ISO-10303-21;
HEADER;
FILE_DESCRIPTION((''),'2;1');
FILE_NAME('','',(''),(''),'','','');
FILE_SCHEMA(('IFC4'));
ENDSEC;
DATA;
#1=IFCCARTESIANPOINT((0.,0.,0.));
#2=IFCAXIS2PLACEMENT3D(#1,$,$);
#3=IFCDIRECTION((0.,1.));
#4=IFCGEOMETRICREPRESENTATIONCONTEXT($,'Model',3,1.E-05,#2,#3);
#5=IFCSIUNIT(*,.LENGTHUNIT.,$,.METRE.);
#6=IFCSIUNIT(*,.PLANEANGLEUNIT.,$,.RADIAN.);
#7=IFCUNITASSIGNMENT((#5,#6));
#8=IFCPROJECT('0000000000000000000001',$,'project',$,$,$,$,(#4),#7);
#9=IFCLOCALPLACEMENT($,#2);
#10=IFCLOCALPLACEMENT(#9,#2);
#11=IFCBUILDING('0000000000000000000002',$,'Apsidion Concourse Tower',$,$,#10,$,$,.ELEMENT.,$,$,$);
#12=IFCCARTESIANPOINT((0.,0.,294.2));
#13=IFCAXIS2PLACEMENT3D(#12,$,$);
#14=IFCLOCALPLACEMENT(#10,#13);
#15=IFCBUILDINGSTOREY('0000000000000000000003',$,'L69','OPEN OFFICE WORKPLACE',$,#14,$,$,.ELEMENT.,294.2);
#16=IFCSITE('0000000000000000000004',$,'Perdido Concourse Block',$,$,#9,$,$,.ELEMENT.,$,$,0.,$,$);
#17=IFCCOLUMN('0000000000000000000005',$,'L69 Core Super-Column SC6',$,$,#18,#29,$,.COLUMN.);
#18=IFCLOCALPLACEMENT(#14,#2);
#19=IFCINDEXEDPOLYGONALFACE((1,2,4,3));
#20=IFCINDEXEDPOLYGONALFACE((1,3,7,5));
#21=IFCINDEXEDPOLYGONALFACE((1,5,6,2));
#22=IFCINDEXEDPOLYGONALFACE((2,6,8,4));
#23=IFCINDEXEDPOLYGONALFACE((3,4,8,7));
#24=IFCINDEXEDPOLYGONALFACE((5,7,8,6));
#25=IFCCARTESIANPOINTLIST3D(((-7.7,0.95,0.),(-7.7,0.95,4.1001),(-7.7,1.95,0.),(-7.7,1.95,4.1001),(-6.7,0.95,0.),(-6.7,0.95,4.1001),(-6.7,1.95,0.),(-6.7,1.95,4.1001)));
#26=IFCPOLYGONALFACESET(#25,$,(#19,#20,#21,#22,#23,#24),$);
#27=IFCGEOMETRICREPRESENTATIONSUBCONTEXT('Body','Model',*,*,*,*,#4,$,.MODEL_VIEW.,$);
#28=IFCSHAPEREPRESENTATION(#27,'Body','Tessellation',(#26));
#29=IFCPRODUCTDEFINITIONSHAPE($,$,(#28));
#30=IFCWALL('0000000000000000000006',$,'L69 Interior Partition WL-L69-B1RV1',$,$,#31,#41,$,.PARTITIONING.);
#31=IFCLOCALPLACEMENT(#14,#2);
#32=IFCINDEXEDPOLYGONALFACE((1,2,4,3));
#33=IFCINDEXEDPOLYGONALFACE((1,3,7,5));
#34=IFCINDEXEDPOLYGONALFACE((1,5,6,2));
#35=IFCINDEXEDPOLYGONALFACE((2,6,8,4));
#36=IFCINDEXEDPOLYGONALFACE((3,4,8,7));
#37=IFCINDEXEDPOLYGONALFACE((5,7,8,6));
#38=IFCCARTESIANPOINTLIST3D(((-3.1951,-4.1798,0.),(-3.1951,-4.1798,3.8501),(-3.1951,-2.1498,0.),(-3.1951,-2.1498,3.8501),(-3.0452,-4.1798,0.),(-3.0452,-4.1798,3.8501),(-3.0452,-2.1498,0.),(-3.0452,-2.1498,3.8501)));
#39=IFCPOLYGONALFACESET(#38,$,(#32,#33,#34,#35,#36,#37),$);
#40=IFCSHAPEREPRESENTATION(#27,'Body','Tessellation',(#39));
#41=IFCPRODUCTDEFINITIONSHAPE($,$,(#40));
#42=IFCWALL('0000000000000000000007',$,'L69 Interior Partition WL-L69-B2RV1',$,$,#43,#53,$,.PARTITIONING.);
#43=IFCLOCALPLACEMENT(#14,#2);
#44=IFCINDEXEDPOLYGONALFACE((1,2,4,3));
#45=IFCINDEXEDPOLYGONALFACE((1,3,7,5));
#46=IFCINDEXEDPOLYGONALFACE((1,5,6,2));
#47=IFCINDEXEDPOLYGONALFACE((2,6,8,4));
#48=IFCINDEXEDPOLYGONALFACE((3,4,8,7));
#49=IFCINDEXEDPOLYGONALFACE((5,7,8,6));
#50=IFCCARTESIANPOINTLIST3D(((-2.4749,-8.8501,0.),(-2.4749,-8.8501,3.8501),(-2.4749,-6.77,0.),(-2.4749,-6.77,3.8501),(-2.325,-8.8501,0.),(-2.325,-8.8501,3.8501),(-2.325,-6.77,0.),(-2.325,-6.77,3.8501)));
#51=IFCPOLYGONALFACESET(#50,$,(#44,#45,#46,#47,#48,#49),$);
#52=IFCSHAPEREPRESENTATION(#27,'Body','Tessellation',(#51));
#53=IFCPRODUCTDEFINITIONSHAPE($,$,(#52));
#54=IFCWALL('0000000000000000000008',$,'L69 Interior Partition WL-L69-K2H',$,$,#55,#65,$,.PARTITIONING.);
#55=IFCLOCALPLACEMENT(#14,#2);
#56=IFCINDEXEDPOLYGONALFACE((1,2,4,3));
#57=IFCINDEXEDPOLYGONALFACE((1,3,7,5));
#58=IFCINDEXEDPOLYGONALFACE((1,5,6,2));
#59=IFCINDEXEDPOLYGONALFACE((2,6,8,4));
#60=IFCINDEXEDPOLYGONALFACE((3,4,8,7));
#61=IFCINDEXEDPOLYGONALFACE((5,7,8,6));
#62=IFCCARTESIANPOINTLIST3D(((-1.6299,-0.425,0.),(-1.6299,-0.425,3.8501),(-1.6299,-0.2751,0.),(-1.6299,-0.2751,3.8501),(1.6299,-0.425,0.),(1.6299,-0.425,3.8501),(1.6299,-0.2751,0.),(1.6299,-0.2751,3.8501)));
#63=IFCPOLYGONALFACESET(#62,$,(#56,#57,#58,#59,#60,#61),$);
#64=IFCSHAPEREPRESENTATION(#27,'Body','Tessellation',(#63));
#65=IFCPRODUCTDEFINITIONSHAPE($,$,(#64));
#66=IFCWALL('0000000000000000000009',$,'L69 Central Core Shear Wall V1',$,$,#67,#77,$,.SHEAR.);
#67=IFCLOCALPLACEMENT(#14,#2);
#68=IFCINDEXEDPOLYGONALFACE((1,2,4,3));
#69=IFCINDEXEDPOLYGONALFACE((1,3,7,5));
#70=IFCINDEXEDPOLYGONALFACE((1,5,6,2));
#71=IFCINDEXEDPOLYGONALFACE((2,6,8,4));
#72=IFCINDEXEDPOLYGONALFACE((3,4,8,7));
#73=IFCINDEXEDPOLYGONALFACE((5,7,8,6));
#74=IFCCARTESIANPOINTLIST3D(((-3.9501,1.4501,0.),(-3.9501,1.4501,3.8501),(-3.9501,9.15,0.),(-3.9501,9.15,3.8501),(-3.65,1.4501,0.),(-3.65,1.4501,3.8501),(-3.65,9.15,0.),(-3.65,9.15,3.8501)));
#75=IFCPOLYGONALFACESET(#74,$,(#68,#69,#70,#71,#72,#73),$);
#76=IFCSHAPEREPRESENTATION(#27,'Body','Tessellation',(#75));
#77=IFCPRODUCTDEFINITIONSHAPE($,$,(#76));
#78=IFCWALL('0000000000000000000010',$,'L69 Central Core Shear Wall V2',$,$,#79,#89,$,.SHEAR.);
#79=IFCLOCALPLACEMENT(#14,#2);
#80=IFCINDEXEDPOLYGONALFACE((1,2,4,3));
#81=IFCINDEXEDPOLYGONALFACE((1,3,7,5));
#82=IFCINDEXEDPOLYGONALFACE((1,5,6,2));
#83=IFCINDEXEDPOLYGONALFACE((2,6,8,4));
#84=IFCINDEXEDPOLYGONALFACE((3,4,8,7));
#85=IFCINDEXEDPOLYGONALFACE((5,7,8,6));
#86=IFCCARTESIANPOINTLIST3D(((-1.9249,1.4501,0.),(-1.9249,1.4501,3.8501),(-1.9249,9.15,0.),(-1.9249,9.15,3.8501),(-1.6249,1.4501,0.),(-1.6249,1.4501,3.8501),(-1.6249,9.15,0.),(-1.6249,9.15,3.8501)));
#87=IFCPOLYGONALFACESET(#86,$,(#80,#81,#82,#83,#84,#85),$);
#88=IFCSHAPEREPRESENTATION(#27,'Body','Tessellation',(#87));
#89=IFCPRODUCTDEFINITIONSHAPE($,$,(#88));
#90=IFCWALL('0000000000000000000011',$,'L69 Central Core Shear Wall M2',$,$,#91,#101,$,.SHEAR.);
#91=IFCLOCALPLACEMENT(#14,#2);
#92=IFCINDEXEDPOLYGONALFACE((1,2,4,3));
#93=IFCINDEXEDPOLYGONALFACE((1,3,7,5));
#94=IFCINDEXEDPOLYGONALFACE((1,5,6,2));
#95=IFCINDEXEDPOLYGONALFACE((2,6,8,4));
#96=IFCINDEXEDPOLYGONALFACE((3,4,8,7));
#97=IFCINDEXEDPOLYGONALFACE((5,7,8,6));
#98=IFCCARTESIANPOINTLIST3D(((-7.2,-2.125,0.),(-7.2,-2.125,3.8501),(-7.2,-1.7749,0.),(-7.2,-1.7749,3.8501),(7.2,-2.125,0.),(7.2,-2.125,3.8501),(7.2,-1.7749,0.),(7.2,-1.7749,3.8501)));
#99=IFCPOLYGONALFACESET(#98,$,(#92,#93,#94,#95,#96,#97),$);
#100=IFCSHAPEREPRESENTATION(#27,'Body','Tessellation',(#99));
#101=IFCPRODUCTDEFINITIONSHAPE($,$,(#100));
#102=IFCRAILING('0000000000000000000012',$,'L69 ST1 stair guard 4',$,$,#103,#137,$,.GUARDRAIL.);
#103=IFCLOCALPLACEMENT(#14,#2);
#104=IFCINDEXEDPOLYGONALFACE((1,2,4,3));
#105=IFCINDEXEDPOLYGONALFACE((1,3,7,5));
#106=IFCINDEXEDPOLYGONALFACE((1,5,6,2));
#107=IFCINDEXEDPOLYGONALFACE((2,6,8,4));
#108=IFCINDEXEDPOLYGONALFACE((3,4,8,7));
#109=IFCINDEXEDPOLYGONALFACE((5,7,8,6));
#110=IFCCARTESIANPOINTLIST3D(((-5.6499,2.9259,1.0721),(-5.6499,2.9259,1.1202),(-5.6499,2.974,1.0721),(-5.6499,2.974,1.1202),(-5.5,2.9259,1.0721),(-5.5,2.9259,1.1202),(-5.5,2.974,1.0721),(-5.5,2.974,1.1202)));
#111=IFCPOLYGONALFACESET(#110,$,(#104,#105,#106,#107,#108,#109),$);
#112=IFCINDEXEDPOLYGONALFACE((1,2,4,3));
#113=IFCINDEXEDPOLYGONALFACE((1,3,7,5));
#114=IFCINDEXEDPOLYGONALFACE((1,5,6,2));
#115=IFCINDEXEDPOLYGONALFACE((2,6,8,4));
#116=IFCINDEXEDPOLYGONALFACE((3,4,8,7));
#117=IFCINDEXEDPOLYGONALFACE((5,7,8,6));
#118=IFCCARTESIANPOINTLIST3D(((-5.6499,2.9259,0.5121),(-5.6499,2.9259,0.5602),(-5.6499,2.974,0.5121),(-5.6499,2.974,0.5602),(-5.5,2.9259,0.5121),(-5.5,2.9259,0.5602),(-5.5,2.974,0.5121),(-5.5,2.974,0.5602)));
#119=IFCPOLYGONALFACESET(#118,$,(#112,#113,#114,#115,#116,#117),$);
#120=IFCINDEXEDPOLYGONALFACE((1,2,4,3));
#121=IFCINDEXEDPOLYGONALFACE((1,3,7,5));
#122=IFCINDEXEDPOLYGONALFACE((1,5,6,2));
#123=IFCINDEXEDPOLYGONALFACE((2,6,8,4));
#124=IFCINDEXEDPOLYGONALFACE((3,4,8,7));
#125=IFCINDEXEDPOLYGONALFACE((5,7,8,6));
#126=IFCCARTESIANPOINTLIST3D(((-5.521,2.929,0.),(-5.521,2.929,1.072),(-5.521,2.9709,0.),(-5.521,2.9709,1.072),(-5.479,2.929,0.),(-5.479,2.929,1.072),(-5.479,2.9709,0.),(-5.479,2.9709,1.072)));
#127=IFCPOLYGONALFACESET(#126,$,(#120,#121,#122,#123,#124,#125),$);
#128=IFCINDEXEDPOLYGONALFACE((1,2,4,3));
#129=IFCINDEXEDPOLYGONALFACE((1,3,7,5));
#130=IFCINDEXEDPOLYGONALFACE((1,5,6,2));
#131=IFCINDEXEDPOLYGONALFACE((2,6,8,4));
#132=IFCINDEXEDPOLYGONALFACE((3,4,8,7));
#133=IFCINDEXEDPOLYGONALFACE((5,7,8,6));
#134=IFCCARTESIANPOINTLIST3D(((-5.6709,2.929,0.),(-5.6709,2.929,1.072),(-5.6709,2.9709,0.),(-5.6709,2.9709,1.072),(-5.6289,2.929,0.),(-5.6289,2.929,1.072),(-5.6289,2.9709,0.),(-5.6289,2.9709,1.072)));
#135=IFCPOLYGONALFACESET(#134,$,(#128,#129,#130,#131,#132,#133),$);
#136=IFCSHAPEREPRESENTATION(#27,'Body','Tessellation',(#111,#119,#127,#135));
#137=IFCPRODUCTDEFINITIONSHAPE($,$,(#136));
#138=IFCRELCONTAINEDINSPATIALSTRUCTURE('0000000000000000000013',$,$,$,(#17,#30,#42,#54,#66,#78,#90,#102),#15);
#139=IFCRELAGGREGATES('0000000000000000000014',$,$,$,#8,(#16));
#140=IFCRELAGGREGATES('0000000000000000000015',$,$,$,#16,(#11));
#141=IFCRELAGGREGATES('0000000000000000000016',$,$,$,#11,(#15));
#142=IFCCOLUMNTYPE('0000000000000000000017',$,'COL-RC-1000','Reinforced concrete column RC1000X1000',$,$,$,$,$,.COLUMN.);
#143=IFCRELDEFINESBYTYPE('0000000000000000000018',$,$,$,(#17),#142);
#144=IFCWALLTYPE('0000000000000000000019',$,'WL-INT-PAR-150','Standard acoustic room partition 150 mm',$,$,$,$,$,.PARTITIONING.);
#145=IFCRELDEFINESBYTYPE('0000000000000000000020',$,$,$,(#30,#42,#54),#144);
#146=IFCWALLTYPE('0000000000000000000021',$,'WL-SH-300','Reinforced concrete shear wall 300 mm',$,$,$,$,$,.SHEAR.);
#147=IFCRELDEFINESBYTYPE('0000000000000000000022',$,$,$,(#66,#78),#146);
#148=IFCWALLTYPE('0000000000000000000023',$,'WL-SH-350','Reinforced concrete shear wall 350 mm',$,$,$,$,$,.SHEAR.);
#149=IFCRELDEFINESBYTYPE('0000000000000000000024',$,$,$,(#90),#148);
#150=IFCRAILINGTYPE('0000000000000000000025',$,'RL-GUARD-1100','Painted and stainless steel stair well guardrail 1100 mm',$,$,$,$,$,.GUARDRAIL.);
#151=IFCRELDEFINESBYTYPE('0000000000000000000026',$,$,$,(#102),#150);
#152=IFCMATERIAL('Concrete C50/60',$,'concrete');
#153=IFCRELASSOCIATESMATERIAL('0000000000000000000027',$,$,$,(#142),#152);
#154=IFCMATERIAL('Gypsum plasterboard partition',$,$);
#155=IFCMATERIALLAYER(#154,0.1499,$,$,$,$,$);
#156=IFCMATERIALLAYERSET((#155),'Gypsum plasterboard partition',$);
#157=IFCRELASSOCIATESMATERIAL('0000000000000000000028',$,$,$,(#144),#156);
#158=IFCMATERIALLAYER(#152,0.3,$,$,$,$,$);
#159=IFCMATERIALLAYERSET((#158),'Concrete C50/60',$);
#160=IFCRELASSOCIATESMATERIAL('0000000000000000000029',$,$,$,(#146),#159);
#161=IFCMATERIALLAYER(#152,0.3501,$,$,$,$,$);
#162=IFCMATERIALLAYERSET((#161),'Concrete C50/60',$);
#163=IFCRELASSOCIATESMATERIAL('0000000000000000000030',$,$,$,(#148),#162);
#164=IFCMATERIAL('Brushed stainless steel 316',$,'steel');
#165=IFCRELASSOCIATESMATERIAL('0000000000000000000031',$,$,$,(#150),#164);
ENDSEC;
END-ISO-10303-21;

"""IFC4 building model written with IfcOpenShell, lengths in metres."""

from ifc_helpers import new_model, si_unit, direction, frame, frame_2d, origin, origin_2d, place, context, subcontext, project, spatial, rectangle, extrude, material, layer, layer_set, material_profile, profile_set, type_object, element, save


model = new_model("IFC4")

# Units and contexts
model_context = context("Model", 3, precision=1e-05, world=origin(), true_north=direction((0.0, 1.0)))
body_context = subcontext(model_context, "Body", "Model", "MODEL_VIEW")
ifc_project = project(units=[si_unit("LENGTHUNIT", "METRE"), si_unit("PLANEANGLEUNIT", "RADIAN")], contexts=[model_context])

# Site, building, storey
site_placement = place(None, origin())
site = spatial("IfcSite", under=ifc_project, at=site_placement, Name="Perdido Concourse Block", CompositionType="ELEMENT", RefElevation=0.0)
building_placement = place(site_placement, origin())
building = spatial("IfcBuilding", under=site, at=building_placement, Name="Apsidion Concourse Tower", CompositionType="ELEMENT")
storey_placement = place(building_placement, frame((0.0, 0.0, 294.2)))
storey = spatial("IfcBuildingStorey", under=building, at=storey_placement, Name="L69", Description="OPEN OFFICE WORKPLACE", CompositionType="ELEMENT", Elevation=294.2)

# Column
ifc_material_1 = material(Name="Concrete C50/60", Category="concrete")
ifc_material_profile = material_profile(ifc_material_1, rectangle(XDim=1.0, YDim=1.0, at=origin_2d()), Name="RC 1000x1000")
ifc_profile_set = profile_set([ifc_material_profile], Name="Concrete C50/60")
column_type = type_object("IfcColumnType", Name="COL-RC-1000", Description="Reinforced concrete column RC1000X1000", PredefinedType="COLUMN", material=ifc_profile_set)
column_placement = place(storey_placement, frame((-7.2, 1.45, 0.0), z_axis=(0.0, 0.0, 1.0), x_axis=(1.0, 0.0, 0.0)))
element("IfcColumn", 1, at=column_placement, inside=storey, type_object=column_type, Name="L69 Core Super-Column SC6", PredefinedType="COLUMN", context=body_context, shape_type="SweptSolid", body=[
    extrude(rectangle(XDim=1.0, YDim=1.0, at=origin_2d()), origin(), (0.0, 0.0, 1.0), 4.1001),
])

# Walls
ifc_material_2 = material(Name="Gypsum plasterboard partition")
ifc_layer_1 = layer(ifc_material_2, 0.1499)
ifc_layer_set_1 = layer_set([ifc_layer_1], Name="Gypsum plasterboard partition")
wall_type_1 = type_object("IfcWallType", Name="WL-INT-PAR-150", Description="Standard acoustic room partition 150 mm", PredefinedType="PARTITIONING", material=ifc_layer_set_1)
wall_1_placement = place(storey_placement, frame((-3.1201, -4.1799, 0.0), z_axis=(0.0, 0.0, 1.0), x_axis=(0.0, 1.0, 0.0)))
element("IfcWall", 2, at=wall_1_placement, inside=storey, type_object=wall_type_1, Name="L69 Interior Partition WL-L69-B1RV1", PredefinedType="PARTITIONING", context=body_context, shape_type="SweptSolid", body=[
    extrude(rectangle(XDim=2.03, YDim=0.1499, at=frame_2d((1.0151, 0.0))), origin(), (0.0, 0.0, 1.0), 3.8501),
])
wall_2_placement = place(storey_placement, frame((-2.3999, -8.8501, 0.0), z_axis=(0.0, 0.0, 1.0), x_axis=(0.0, 1.0, 0.0)))
element("IfcWall", 3, at=wall_2_placement, inside=storey, type_object=wall_type_1, Name="L69 Interior Partition WL-L69-B2RV1", PredefinedType="PARTITIONING", context=body_context, shape_type="SweptSolid", body=[
    extrude(rectangle(XDim=2.0801, YDim=0.1499, at=frame_2d((1.04, 0.0))), origin(), (0.0, 0.0, 1.0), 3.8501),
])
wall_3_placement = place(storey_placement, frame((-1.6299, -0.3501, 0.0), z_axis=(0.0, 0.0, 1.0), x_axis=(1.0, 0.0, 0.0)))
element("IfcWall", 4, at=wall_3_placement, inside=storey, type_object=wall_type_1, Name="L69 Interior Partition WL-L69-K2H", PredefinedType="PARTITIONING", context=body_context, shape_type="SweptSolid", body=[
    extrude(rectangle(XDim=3.2598, YDim=0.1499, at=frame_2d((1.6299, 0.0))), origin(), (0.0, 0.0, 1.0), 3.8501),
])

# Shared definitions
ifc_material_3 = material(Name="Brushed stainless steel 316", Category="steel")

# Walls
ifc_layer_2 = layer(ifc_material_1, 0.3)
ifc_layer_set_2 = layer_set([ifc_layer_2], Name="Concrete C50/60")
wall_type_2 = type_object("IfcWallType", Name="WL-SH-300", Description="Reinforced concrete shear wall 300 mm", PredefinedType="SHEAR", material=ifc_layer_set_2)
for number, where, z_axis, x_axis, name in (
    (5, (-3.8, 1.45, 0.0), (0.0, 0.0, 1.0), (0.0, 1.0, 0.0), "L69 Central Core Shear Wall V1"),
    (6, (-1.7749, 1.45, 0.0), (0.0, 0.0, 1.0), (0.0, 1.0, 0.0), "L69 Central Core Shear Wall V2"),
):
    element("IfcWall", number, at=place(storey_placement, frame(where, z_axis=z_axis, x_axis=x_axis)), inside=storey, type_object=wall_type_2, Name=name, PredefinedType="SHEAR", context=body_context, shape_type="SweptSolid", body=[
        extrude(rectangle(XDim=7.7, YDim=0.3, at=frame_2d((3.8501, 0.0))), origin(), (0.0, 0.0, 1.0), 3.8501),
    ])

# Shared definitions
ifc_layer_3 = layer(ifc_material_1, 0.3501)
ifc_layer_set_3 = layer_set([ifc_layer_3], Name="Concrete C50/60")
wall_type_3 = type_object("IfcWallType", Name="WL-SH-350", Description="Reinforced concrete shear wall 350 mm", PredefinedType="SHEAR", material=ifc_layer_set_3)

# Wall
wall_4_placement = place(storey_placement, frame((-7.2, -1.95, 0.0), z_axis=(0.0, 0.0, 1.0), x_axis=(1.0, 0.0, 0.0)))
element("IfcWall", 7, at=wall_4_placement, inside=storey, type_object=wall_type_3, Name="L69 Central Core Shear Wall M2", PredefinedType="SHEAR", context=body_context, shape_type="SweptSolid", body=[
    extrude(rectangle(XDim=14.3999, YDim=0.3501, at=frame_2d((7.2, 0.0))), origin(), (0.0, 0.0, 1.0), 3.8501),
])

# Railing
railing_type = type_object("IfcRailingType", Name="RL-GUARD-1100", Description="Painted and stainless steel stair well guardrail 1100 mm", PredefinedType="GUARDRAIL", material=ifc_material_3)
railing_placement = place(storey_placement, frame((-5.5, 2.95, 0.0)))
element("IfcRailing", 8, at=railing_placement, inside=storey, type_object=railing_type, Name="L69 ST1 stair guard 4", PredefinedType="GUARDRAIL", context=body_context, shape_type="SweptSolid", body=[
    extrude(rectangle(XDim=0.0481, YDim=0.0481, at=origin_2d()), frame((0.0, 0.0, 1.0962), z_axis=(-1.0, 0.0, 0.0), x_axis=(0.0, -1.0, 0.0)), (0.0, 0.0, 1.0), 0.1499),
    extrude(rectangle(XDim=0.0481, YDim=0.0481, at=origin_2d()), frame((0.0, 0.0, 0.5361), z_axis=(-1.0, 0.0, 0.0), x_axis=(0.0, -1.0, 0.0)), (0.0, 0.0, 1.0), 0.1499),
    extrude(rectangle(XDim=0.042, YDim=0.042, at=origin_2d()), origin(), (0.0, 0.0, 1.0), 1.072),
    extrude(rectangle(XDim=0.042, YDim=0.042, at=origin_2d()), frame((-0.1499, 0.0, 0.0)), (0.0, 0.0, 1.0), 1.072),
])

save(model, "model.ifc")
